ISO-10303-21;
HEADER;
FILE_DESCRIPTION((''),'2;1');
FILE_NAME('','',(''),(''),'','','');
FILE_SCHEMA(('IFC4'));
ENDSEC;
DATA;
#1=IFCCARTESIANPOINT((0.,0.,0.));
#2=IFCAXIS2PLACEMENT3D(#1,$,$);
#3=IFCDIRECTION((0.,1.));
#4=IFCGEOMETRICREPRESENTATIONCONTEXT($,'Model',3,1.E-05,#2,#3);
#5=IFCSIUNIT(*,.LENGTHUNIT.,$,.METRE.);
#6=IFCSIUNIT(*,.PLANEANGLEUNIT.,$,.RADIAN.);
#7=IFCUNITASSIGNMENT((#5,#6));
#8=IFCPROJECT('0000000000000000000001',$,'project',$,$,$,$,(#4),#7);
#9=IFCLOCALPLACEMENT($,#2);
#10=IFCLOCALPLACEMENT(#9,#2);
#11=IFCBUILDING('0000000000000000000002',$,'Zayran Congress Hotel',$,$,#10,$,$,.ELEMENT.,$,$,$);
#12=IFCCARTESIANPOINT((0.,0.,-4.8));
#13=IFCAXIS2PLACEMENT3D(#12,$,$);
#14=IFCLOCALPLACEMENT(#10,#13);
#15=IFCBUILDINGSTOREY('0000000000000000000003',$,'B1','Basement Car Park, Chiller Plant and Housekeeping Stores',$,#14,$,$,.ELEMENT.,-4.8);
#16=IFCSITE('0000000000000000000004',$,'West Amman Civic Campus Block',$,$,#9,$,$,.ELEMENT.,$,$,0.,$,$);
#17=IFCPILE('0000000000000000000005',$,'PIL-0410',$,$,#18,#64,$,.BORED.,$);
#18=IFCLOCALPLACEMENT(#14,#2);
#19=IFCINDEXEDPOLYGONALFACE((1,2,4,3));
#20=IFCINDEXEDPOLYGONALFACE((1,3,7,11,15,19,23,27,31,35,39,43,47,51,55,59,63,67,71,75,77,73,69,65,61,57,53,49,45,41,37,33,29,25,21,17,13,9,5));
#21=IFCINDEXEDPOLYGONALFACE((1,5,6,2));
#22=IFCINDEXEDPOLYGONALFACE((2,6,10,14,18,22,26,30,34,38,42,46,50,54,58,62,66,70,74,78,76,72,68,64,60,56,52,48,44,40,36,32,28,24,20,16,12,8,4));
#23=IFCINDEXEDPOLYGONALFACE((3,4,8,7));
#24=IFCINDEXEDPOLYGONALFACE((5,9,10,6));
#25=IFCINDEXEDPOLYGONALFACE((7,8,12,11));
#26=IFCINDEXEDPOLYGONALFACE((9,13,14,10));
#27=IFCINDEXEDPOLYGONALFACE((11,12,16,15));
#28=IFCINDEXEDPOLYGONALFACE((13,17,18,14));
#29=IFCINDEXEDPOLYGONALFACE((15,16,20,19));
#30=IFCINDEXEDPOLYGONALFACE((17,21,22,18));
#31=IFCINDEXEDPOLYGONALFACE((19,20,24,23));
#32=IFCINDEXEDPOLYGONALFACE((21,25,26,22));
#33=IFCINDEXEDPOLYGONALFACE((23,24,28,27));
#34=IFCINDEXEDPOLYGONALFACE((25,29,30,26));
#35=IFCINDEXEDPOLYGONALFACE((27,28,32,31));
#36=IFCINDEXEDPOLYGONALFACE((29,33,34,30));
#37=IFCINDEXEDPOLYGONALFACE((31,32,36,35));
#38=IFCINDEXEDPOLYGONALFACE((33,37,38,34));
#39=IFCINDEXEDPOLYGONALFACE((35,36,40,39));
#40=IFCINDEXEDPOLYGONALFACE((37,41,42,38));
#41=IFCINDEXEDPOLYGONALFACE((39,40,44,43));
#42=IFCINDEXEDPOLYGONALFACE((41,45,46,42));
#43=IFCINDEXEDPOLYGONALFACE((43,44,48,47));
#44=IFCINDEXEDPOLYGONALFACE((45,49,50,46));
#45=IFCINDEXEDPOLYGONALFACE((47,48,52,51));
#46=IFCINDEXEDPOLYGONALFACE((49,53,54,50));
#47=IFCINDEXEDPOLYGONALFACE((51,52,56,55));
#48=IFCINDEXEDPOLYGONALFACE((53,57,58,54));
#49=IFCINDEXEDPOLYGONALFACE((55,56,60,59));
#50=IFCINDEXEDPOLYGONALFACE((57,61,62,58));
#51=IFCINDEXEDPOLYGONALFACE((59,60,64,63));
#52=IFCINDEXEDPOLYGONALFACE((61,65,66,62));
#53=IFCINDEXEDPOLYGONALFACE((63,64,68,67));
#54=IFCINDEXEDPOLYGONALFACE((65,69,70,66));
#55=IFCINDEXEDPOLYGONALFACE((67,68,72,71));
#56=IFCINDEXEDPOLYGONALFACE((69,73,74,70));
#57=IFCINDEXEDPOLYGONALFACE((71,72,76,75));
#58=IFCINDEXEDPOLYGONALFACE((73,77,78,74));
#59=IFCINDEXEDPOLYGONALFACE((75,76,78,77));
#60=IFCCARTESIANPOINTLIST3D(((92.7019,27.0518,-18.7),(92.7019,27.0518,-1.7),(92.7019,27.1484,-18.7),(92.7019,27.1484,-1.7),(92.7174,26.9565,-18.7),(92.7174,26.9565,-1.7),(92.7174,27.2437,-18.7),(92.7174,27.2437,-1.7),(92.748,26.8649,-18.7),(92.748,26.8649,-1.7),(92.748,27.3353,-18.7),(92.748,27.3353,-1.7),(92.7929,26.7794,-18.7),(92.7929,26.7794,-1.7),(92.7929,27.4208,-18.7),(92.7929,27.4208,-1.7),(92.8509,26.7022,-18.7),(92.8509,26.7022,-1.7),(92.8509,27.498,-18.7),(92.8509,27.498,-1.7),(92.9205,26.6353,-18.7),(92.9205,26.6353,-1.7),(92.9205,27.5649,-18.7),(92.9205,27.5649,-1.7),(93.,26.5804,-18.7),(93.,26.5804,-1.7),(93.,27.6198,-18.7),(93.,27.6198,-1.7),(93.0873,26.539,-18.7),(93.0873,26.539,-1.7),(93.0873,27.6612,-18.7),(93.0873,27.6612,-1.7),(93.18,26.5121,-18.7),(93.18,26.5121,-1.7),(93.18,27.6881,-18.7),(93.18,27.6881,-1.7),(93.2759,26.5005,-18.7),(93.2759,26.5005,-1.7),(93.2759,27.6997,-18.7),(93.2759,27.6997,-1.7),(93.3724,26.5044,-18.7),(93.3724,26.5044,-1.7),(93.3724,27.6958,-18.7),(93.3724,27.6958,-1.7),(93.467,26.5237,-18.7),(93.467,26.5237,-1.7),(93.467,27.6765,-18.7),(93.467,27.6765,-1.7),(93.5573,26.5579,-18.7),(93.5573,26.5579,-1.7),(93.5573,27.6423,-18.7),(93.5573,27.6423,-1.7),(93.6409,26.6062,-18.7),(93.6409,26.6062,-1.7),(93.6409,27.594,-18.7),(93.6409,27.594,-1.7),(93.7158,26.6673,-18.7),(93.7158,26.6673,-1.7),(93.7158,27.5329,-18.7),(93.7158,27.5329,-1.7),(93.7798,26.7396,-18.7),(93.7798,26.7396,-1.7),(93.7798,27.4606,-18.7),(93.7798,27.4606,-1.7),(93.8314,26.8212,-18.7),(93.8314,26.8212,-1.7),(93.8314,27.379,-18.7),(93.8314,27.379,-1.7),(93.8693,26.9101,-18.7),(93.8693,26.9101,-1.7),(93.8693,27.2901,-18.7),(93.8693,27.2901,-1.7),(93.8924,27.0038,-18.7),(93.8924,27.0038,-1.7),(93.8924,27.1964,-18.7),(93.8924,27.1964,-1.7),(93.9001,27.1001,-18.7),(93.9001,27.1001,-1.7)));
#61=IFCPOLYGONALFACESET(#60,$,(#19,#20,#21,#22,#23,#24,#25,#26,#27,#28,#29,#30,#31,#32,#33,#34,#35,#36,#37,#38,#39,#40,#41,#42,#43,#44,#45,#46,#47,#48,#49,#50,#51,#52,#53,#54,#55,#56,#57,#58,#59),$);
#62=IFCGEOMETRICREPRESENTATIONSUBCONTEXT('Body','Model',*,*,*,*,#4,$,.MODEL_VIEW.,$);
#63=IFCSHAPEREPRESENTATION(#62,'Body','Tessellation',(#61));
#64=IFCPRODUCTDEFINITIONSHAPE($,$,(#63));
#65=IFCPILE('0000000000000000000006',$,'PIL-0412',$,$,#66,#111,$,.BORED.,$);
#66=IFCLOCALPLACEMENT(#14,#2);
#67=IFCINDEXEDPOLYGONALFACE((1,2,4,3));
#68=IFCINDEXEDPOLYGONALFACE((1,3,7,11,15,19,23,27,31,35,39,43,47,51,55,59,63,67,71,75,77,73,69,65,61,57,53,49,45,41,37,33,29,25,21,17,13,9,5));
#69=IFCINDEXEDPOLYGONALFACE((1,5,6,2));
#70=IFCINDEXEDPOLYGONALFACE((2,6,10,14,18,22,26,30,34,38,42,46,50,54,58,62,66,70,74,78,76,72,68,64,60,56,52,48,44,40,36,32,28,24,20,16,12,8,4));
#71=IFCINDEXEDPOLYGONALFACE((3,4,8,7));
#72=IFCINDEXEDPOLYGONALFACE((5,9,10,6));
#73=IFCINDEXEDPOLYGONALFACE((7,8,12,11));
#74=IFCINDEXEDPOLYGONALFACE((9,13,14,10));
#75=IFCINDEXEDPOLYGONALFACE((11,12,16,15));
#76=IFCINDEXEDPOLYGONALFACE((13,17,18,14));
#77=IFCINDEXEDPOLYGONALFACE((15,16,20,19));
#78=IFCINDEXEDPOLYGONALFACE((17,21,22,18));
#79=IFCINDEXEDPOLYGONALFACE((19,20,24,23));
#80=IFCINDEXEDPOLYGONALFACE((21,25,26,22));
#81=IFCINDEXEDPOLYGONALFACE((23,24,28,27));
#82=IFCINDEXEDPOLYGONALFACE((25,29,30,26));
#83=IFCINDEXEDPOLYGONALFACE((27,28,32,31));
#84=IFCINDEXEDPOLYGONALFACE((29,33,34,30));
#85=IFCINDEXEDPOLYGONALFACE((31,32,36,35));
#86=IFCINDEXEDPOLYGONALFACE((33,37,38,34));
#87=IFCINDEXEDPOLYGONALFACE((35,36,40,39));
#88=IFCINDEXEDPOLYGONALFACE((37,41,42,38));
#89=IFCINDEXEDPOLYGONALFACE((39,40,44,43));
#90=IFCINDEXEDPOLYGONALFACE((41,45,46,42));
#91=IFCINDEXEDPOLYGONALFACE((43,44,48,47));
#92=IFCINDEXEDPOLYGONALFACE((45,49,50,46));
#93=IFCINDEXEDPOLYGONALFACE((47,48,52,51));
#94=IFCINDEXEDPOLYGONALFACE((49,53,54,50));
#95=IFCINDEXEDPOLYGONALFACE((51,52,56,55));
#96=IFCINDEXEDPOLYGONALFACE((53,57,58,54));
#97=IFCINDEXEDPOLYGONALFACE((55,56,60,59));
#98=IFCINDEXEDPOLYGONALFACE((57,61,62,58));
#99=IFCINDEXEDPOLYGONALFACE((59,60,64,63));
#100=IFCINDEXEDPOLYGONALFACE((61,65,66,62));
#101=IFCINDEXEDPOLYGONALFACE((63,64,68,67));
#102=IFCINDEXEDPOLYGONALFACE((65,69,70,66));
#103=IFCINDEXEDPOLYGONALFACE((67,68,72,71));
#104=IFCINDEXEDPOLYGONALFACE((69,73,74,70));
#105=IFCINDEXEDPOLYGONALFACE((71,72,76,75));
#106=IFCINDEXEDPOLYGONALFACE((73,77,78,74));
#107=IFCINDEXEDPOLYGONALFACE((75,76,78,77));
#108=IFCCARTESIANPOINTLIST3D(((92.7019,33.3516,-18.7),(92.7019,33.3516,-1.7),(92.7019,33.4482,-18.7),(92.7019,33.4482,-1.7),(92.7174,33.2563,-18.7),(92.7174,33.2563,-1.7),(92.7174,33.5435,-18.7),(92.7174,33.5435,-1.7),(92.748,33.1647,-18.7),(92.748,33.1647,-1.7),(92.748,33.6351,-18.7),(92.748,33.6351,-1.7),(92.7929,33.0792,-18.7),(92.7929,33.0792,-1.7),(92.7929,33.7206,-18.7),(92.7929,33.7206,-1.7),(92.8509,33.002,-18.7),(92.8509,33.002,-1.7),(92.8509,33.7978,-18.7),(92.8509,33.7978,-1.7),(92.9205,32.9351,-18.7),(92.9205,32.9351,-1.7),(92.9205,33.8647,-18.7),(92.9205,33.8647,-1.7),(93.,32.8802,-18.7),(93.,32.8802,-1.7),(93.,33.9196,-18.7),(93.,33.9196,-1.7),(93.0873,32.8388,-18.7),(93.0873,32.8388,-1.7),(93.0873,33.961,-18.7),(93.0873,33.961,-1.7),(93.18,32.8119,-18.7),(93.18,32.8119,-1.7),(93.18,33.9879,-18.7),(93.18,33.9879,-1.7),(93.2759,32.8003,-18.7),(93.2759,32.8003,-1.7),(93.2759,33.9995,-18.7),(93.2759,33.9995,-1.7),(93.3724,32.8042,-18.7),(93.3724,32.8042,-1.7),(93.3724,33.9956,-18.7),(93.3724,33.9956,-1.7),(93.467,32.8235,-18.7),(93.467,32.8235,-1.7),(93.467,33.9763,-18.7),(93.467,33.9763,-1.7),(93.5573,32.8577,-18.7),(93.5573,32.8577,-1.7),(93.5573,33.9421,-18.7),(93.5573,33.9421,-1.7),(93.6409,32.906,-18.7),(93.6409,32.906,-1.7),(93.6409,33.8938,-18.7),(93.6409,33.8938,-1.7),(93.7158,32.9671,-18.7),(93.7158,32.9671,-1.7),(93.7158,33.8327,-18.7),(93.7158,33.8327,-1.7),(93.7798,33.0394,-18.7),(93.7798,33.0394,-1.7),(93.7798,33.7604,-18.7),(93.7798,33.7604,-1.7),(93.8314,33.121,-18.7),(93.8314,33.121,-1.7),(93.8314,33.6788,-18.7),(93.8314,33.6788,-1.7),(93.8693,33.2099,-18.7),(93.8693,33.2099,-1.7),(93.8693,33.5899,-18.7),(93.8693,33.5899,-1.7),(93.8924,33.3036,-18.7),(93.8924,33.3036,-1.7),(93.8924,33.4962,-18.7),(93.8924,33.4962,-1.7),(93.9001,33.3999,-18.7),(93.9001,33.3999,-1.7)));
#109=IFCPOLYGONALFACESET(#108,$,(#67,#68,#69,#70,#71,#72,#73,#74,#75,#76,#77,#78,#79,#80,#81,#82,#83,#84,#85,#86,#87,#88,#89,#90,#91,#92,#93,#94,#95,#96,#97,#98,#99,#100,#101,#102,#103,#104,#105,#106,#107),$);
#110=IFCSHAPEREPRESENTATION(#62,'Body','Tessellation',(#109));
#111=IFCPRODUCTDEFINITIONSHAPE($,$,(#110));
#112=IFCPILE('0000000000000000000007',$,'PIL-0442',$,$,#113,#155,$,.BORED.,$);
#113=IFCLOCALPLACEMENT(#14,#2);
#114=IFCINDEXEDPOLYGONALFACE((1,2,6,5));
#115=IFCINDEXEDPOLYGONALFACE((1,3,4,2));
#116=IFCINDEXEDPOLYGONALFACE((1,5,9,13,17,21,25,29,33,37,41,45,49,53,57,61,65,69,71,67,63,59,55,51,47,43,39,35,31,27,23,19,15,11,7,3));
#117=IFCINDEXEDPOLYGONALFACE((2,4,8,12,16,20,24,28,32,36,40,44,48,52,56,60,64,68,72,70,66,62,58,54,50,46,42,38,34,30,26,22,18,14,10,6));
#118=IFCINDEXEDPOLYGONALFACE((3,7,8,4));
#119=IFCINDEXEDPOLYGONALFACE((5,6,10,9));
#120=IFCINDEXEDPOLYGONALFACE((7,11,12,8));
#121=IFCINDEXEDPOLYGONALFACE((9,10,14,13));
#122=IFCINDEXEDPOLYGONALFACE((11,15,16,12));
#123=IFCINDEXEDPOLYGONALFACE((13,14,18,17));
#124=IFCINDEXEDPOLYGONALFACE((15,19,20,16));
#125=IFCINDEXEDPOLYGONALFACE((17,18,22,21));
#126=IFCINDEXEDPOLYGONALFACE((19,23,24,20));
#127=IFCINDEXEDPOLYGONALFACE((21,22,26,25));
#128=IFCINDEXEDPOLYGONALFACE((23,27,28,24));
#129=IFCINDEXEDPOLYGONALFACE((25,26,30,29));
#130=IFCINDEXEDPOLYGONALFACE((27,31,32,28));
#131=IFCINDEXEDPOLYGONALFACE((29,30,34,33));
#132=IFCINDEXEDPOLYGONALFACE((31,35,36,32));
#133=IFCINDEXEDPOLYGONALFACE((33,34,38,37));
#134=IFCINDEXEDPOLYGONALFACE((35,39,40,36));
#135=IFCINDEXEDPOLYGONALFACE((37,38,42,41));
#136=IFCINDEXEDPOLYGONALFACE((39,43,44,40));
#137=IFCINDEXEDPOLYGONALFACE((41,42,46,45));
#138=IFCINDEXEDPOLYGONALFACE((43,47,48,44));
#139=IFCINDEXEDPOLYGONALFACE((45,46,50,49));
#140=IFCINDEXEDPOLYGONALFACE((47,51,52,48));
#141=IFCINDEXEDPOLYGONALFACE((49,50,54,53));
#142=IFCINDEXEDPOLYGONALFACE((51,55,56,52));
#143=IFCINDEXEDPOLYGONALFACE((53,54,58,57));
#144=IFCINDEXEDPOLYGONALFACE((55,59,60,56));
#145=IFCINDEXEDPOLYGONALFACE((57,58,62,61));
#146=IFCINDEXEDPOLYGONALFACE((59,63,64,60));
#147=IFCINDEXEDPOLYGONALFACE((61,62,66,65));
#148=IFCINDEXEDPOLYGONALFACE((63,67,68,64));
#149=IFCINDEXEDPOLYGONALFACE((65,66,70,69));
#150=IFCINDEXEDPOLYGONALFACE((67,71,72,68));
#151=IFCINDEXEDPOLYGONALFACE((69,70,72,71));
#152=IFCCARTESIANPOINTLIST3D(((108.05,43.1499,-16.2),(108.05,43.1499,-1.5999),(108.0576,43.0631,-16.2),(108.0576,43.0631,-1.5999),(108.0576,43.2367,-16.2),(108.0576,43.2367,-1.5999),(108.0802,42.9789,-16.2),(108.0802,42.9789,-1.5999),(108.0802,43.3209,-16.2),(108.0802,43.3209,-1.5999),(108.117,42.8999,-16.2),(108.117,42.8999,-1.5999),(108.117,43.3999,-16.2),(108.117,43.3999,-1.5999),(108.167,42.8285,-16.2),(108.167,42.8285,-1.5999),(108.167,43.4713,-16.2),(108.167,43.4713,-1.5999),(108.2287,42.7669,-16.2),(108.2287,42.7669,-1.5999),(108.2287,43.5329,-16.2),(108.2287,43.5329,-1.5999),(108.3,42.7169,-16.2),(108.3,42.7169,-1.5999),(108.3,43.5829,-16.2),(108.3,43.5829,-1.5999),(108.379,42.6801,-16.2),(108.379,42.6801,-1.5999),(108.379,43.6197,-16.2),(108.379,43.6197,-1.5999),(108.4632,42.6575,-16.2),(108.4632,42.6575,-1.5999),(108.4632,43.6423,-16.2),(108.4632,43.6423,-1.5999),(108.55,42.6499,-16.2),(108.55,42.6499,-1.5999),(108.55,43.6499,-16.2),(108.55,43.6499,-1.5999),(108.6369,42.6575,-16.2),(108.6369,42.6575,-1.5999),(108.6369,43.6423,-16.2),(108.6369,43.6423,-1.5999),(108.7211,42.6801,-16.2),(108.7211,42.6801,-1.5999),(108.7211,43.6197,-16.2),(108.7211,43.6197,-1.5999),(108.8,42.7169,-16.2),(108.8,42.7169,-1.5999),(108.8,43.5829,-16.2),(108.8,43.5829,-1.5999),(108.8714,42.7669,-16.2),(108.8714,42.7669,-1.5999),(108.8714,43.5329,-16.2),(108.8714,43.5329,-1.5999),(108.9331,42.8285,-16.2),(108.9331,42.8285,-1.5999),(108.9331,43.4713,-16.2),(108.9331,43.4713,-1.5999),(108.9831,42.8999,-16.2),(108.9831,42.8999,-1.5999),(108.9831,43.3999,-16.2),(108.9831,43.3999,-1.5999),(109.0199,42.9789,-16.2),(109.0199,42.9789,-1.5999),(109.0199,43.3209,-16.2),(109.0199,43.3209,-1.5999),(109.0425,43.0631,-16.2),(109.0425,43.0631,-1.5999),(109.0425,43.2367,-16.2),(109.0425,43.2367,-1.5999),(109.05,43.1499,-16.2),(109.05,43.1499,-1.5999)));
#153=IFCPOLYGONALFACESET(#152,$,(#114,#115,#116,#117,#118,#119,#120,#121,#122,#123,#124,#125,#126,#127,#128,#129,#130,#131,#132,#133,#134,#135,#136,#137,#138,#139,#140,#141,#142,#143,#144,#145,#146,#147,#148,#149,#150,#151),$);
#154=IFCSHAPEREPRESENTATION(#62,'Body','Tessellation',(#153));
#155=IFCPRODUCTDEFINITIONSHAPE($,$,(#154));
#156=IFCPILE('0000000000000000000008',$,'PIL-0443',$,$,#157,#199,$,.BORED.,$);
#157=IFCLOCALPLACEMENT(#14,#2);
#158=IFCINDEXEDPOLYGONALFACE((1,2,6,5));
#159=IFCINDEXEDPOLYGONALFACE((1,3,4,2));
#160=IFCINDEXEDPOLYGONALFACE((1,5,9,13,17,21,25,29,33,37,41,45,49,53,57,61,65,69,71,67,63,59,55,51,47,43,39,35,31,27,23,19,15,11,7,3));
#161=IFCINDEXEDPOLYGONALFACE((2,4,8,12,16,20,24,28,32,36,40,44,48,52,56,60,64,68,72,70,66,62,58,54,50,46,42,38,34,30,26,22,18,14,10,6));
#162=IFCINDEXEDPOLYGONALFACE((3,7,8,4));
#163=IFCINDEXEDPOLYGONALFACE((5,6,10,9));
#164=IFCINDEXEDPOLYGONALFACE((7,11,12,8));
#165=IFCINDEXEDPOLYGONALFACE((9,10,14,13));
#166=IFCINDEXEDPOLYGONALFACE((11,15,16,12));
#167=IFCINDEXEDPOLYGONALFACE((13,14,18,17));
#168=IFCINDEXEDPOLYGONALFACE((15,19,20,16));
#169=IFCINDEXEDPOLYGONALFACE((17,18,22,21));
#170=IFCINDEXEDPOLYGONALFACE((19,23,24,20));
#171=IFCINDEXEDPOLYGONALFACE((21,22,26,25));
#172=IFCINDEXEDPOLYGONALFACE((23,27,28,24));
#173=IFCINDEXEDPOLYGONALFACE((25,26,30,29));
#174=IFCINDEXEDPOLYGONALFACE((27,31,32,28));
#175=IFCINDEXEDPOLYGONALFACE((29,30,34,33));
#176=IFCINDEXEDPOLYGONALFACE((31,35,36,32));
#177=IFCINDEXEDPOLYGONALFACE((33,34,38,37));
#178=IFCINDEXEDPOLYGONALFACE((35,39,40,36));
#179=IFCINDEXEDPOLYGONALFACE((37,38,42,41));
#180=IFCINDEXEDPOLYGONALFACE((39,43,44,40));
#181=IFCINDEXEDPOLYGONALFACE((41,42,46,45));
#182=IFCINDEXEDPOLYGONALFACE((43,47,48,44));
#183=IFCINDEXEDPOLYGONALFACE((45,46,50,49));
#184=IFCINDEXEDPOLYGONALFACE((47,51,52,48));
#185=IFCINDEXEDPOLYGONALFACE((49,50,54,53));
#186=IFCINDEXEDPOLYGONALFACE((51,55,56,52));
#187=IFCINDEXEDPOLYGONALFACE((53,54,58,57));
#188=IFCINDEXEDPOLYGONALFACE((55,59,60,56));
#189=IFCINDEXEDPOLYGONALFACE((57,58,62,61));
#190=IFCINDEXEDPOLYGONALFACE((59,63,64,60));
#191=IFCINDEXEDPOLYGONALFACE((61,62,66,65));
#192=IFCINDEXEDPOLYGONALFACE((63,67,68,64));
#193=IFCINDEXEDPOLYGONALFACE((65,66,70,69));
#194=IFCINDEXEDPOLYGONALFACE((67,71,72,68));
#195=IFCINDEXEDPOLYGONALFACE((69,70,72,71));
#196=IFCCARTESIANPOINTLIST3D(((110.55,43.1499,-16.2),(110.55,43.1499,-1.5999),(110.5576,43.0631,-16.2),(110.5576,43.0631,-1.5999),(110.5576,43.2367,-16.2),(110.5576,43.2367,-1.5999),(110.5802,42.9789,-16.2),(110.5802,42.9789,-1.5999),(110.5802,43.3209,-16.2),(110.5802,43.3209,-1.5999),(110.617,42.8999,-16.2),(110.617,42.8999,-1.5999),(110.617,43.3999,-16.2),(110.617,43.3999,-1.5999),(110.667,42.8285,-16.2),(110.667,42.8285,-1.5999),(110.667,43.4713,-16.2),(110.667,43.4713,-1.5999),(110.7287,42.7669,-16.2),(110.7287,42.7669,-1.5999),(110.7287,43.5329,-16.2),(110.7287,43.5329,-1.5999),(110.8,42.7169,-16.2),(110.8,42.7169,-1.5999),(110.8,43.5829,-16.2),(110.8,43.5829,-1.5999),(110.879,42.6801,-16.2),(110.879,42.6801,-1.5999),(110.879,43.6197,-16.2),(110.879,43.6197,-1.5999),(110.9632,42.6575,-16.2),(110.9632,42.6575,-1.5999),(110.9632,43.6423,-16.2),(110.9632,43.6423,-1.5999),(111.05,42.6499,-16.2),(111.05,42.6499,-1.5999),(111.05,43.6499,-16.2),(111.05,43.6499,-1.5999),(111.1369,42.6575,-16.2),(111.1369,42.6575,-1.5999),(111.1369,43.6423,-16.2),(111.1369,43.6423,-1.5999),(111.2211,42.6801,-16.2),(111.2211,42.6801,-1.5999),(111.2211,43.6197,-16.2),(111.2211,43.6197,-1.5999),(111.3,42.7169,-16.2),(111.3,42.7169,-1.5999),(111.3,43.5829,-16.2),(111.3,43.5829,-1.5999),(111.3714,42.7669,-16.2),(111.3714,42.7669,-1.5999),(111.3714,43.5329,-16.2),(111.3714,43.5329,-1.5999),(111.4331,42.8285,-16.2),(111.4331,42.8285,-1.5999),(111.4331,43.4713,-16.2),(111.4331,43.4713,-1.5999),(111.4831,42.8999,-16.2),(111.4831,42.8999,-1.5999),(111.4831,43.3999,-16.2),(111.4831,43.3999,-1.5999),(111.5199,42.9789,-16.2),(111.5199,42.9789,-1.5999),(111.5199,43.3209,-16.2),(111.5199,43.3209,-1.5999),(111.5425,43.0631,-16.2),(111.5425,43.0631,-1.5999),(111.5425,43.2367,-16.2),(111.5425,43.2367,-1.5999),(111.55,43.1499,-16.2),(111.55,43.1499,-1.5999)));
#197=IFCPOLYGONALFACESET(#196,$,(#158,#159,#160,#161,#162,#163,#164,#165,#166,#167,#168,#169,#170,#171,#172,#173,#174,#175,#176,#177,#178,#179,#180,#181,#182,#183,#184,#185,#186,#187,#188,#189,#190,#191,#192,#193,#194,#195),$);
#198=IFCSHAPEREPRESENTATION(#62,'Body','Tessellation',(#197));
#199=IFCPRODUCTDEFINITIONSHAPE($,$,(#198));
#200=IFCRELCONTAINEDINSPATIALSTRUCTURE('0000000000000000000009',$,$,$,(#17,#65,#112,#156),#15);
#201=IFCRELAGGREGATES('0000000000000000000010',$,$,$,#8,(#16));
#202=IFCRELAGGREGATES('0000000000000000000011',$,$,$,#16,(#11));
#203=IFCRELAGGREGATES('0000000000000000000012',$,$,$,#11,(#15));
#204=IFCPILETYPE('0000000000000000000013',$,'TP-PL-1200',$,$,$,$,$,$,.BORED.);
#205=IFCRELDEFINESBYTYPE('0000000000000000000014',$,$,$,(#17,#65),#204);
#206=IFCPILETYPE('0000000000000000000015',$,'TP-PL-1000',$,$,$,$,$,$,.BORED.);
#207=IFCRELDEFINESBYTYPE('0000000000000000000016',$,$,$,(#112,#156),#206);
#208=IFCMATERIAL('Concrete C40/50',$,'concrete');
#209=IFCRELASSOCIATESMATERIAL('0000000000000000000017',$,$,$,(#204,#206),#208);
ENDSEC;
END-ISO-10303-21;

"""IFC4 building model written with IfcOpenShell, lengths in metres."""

from ifc_helpers import new_model, si_unit, direction, frame, origin, origin_2d, place, context, subcontext, project, spatial, circle, extrude, material, material_profile, profile_set, type_object, element, save


model = new_model("IFC4")

# Units and contexts
model_context = context("Model", 3, precision=1e-05, world=origin(), true_north=direction((0.0, 1.0)))
body_context = subcontext(model_context, "Body", "Model", "MODEL_VIEW")
ifc_project = project(units=[si_unit("LENGTHUNIT", "METRE"), si_unit("PLANEANGLEUNIT", "RADIAN")], contexts=[model_context])

# Site, building, storey
site_placement = place(None, origin())
site = spatial("IfcSite", under=ifc_project, at=site_placement, Name="West Amman Civic Campus Block", CompositionType="ELEMENT", RefElevation=0.0)
building_placement = place(site_placement, origin())
building = spatial("IfcBuilding", under=site, at=building_placement, Name="Zayran Congress Hotel", CompositionType="ELEMENT")
storey_placement = place(building_placement, frame((0.0, 0.0, -4.8)))
storey = spatial("IfcBuildingStorey", under=building, at=storey_placement, Name="B1", Description="Basement Car Park, Chiller Plant and Housekeeping Stores", CompositionType="ELEMENT", Elevation=-4.8)

# Piles
ifc_material_1 = material(Name="Concrete C40/50", Category="concrete")
ifc_material_profile_1 = material_profile(ifc_material_1, circle(Radius=0.6001, at=origin_2d()), Name="PILE D1200")
ifc_profile_set_1 = profile_set([ifc_material_profile_1], Name="Concrete C40/50")
pile_type_1 = type_object("IfcPileType", Name="TP-PL-1200", PredefinedType="BORED", material=ifc_profile_set_1)
for number, where, z_axis, x_axis, name in (
    (1, (93.3, 27.1001, -1.7), (0.0, 0.0, -1.0), (1.0, 0.0, 0.0), "PIL-0410"),
    (2, (93.3, 33.3999, -1.7), (0.0, 0.0, -1.0), (1.0, 0.0, 0.0), "PIL-0412"),
):
    element("IfcPile", number, at=place(storey_placement, frame(where, z_axis=z_axis, x_axis=x_axis)), inside=storey, type_object=pile_type_1, Name=name, PredefinedType="BORED", context=body_context, shape_type="SweptSolid", body=[
        extrude(circle(Radius=0.6001, at=origin_2d()), origin(), (0.0, 0.0, 1.0), 17.0),
    ])
ifc_material_profile_2 = material_profile(ifc_material_1, circle(Radius=0.5, at=origin_2d()), Name="PILE D1000")
ifc_profile_set_2 = profile_set([ifc_material_profile_2], Name="Concrete C40/50")
pile_type_2 = type_object("IfcPileType", Name="TP-PL-1000", PredefinedType="BORED", material=ifc_profile_set_2)
for number, where, z_axis, x_axis, name in (
    (3, (108.55, 43.1499, -1.5999), (0.0, 0.0, -1.0), (1.0, 0.0, 0.0), "PIL-0442"),
    (4, (111.05, 43.1499, -1.5999), (0.0, 0.0, -1.0), (1.0, 0.0, 0.0), "PIL-0443"),
):
    element("IfcPile", number, at=place(storey_placement, frame(where, z_axis=z_axis, x_axis=x_axis)), inside=storey, type_object=pile_type_2, Name=name, PredefinedType="BORED", context=body_context, shape_type="SweptSolid", body=[
        extrude(circle(Radius=0.5, at=origin_2d()), origin(), (0.0, 0.0, 1.0), 14.6001),
    ])

save(model, "model.ifc")
